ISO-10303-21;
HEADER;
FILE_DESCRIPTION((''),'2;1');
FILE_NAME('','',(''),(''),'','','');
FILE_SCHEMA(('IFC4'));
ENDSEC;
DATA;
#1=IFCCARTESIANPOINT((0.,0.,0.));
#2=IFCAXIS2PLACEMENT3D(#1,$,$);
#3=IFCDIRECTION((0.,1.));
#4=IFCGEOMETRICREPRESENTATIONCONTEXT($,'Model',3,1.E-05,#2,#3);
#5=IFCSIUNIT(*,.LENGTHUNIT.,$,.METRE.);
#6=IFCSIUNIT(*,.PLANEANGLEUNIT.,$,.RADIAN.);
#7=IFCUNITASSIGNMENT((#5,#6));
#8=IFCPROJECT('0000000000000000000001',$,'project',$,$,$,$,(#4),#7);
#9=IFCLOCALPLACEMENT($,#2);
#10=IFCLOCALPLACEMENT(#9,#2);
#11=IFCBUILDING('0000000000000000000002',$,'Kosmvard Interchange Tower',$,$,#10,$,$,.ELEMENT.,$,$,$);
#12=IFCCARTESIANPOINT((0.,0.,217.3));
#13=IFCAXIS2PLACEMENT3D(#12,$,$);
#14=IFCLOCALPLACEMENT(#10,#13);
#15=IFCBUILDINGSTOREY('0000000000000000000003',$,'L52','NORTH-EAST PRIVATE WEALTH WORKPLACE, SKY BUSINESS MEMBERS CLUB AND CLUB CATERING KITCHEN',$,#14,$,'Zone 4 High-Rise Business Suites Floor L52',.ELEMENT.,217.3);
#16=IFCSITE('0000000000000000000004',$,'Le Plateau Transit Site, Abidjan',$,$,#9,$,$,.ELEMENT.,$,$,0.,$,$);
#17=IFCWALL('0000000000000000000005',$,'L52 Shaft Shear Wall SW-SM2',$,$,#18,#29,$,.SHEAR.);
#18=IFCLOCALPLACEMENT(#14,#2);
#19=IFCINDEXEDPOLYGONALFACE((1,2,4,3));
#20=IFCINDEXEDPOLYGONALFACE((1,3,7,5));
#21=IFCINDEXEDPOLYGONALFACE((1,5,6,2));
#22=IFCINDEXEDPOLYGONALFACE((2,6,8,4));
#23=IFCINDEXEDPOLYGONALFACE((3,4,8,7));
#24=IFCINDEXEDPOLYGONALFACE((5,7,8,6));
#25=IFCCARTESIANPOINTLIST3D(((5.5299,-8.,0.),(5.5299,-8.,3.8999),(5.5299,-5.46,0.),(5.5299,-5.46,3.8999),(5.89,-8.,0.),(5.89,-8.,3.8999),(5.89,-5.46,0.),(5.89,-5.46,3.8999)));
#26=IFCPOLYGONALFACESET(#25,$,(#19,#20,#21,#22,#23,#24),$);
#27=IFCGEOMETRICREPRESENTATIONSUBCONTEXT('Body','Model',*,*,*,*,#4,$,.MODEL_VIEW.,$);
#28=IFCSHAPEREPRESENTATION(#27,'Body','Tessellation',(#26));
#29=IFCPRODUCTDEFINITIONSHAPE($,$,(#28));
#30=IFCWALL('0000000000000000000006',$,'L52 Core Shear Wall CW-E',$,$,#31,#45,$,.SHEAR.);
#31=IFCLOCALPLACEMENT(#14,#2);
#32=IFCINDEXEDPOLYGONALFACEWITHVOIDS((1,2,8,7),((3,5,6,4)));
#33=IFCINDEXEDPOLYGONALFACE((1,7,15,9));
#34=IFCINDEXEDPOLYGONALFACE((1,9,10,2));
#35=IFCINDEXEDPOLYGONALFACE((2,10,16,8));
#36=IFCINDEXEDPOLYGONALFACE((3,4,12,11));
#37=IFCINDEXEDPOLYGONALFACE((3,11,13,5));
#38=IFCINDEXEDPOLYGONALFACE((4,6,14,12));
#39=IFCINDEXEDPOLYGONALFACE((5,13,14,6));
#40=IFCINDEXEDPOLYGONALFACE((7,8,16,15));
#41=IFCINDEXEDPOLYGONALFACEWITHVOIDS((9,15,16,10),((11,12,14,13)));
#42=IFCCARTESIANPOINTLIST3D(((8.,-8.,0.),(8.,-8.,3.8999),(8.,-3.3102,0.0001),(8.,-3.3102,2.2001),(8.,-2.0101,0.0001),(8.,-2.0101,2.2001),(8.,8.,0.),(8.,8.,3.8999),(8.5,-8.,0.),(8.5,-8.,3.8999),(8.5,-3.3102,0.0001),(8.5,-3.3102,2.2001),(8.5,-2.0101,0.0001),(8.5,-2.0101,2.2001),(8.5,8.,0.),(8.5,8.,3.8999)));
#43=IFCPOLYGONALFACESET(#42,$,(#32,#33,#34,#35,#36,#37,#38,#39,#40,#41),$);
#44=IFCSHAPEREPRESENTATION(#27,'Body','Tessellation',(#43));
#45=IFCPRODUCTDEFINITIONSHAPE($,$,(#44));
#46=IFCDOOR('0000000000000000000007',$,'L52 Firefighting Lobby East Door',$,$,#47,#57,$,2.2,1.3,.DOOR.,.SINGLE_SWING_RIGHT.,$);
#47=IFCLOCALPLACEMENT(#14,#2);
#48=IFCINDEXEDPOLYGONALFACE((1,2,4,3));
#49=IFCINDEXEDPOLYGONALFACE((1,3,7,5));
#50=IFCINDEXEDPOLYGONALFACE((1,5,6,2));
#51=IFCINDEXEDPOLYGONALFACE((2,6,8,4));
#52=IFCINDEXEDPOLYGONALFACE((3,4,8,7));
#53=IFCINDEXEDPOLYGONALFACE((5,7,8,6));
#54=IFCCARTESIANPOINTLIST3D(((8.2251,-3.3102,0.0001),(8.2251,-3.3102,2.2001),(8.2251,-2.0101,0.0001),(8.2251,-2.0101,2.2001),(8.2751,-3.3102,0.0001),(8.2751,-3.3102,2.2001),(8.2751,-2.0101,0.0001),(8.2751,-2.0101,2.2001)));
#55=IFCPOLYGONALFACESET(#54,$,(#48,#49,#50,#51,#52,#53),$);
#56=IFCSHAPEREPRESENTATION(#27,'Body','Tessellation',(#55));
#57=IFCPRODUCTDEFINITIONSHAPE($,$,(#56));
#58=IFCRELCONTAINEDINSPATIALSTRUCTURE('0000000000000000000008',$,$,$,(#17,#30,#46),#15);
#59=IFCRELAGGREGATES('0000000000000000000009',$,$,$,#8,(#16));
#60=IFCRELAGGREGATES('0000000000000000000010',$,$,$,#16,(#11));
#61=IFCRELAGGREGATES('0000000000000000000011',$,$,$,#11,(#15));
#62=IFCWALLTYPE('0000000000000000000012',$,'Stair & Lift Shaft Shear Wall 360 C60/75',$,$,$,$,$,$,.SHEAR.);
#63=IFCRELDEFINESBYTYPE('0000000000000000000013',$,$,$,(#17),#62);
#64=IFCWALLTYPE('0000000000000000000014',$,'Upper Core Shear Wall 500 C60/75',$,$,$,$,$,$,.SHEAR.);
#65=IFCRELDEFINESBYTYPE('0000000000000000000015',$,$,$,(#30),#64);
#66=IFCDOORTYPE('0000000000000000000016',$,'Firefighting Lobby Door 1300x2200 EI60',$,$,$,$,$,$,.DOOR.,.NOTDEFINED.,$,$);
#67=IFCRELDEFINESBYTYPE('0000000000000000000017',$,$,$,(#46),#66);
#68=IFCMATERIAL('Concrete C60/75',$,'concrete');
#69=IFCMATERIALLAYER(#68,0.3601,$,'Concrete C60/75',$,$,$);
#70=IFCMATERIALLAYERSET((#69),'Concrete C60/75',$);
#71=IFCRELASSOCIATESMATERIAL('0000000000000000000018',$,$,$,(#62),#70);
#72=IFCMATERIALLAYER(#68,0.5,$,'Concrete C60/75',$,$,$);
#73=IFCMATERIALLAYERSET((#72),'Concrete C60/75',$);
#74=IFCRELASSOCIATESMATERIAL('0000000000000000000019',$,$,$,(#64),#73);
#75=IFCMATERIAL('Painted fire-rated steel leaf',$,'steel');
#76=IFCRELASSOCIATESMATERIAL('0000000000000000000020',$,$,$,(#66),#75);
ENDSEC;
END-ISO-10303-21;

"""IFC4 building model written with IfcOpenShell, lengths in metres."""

from ifc_helpers import new_model, si_unit, direction, frame, frame_2d, origin, place, context, subcontext, project, spatial, rectangle, extrude, source, transform, mapped, material, layer, layer_set, type_object, element, fill, save


model = new_model("IFC4")

# Units and contexts
model_context = context("Model", 3, precision=1e-05, world=origin(), true_north=direction((0.0, 1.0)))
body_context = subcontext(model_context, "Body", "Model", "MODEL_VIEW")
ifc_project = project(units=[si_unit("LENGTHUNIT", "METRE"), si_unit("PLANEANGLEUNIT", "RADIAN")], contexts=[model_context])

# Site, building, storey
site_placement = place(None, origin())
site = spatial("IfcSite", under=ifc_project, at=site_placement, Name="Le Plateau Transit Site, Abidjan", CompositionType="ELEMENT", RefElevation=0.0)
building_placement = place(site_placement, origin())
building = spatial("IfcBuilding", under=site, at=building_placement, Name="Kosmvard Interchange Tower", CompositionType="ELEMENT")
storey_placement = place(building_placement, frame((0.0, 0.0, 217.3)))
storey = spatial("IfcBuildingStorey", under=building, at=storey_placement, Name="L52", Description="NORTH-EAST PRIVATE WEALTH WORKPLACE, SKY BUSINESS MEMBERS CLUB AND CLUB CATERING KITCHEN", LongName="Zone 4 High-Rise Business Suites Floor L52", CompositionType="ELEMENT", Elevation=217.3)

# Shared definitions
ifc_material_1 = material(Name="Painted fire-rated steel leaf", Category="steel")

# Shared definitions
ifc_material_2 = material(Name="Concrete C60/75", Category="concrete")
ifc_layer_1 = layer(ifc_material_2, 0.3601, Name="Concrete C60/75")
ifc_layer_set_1 = layer_set([ifc_layer_1], Name="Concrete C60/75")
wall_type_1 = type_object("IfcWallType", Name="Stair & Lift Shaft Shear Wall 360 C60/75", PredefinedType="SHEAR", material=ifc_layer_set_1)

# Wall
wall_1_placement = place(storey_placement, frame((5.71, -8.0, 0.0), z_axis=(0.0, 0.0, 1.0), x_axis=(0.0, 1.0, 0.0)))
element("IfcWall", 1, at=wall_1_placement, inside=storey, type_object=wall_type_1, Name="L52 Shaft Shear Wall SW-SM2", PredefinedType="SHEAR", context=body_context, shape_type="SweptSolid", body=[
    extrude(rectangle(XDim=2.54, YDim=0.3601, at=frame_2d((1.27, 0.0))), origin(), (0.0, 0.0, 1.0), 3.8999),
])

# Wall, opening, door
ifc_layer_2 = layer(ifc_material_2, 0.5, Name="Concrete C60/75")
ifc_layer_set_2 = layer_set([ifc_layer_2], Name="Concrete C60/75")
wall_type_2 = type_object("IfcWallType", Name="Upper Core Shear Wall 500 C60/75", PredefinedType="SHEAR", material=ifc_layer_set_2)
wall_2_placement = place(storey_placement, frame((8.25, -8.0, 0.0), z_axis=(0.0, 0.0, 1.0), x_axis=(0.0, 1.0, 0.0)))
wall_2 = element("IfcWall", 2, at=wall_2_placement, inside=storey, type_object=wall_type_2, Name="L52 Core Shear Wall CW-E", PredefinedType="SHEAR", context=body_context, shape_type="SweptSolid", body=[
    extrude(rectangle(XDim=16.0, YDim=0.5, at=frame_2d((8.0, 0.0))), origin(), (0.0, 0.0, 1.0), 3.8999),
])
opening_1_placement = place(wall_2_placement, frame((4.6899, 0.0, 0.0)))
opening_1 = element("IfcOpeningElement", 3, at=opening_1_placement, cuts=wall_2, PredefinedType="OPENING", context=body_context, shape_type="SweptSolid", body=[
    extrude(rectangle(XDim=1.3, YDim=2.2, at=frame_2d((0.6499, 1.1001))), frame((0.0, 0.26, 0.0), z_axis=(0.0, -1.0, 0.0), x_axis=(1.0, 0.0, 0.0)), (0.0, 0.0, 1.0), 0.52),
])
door_type_1 = type_object("IfcDoorType", Name="Firefighting Lobby Door 1300x2200 EI60", OperationType="NOTDEFINED", PredefinedType="DOOR", material=ifc_material_1)
shared_shape_1 = source(origin(), body_context, "Body", "SweptSolid", [
    extrude(rectangle(XDim=1.3, YDim=2.2, at=frame_2d((0.6499, 1.1001))), frame((0.0, 0.0249, 0.0), z_axis=(0.0, -1.0, 0.0), x_axis=(1.0, 0.0, 0.0)), (0.0, 0.0, 1.0), 0.05),
])
door_1_placement = place(opening_1_placement, origin())
door_1 = element("IfcDoor", 4, at=door_1_placement, inside=storey, type_object=door_type_1, Name="L52 Firefighting Lobby East Door", OperationType="SINGLE_SWING_RIGHT", OverallHeight=2.2, OverallWidth=1.3, PredefinedType="DOOR", context=body_context, shape_type="MappedRepresentation", body=[
    mapped(shared_shape_1, transform((0.0, 0.0, 0.0), scale=1.0)),
])
fill(opening_1, door_1)

save(model, "model.ifc")
